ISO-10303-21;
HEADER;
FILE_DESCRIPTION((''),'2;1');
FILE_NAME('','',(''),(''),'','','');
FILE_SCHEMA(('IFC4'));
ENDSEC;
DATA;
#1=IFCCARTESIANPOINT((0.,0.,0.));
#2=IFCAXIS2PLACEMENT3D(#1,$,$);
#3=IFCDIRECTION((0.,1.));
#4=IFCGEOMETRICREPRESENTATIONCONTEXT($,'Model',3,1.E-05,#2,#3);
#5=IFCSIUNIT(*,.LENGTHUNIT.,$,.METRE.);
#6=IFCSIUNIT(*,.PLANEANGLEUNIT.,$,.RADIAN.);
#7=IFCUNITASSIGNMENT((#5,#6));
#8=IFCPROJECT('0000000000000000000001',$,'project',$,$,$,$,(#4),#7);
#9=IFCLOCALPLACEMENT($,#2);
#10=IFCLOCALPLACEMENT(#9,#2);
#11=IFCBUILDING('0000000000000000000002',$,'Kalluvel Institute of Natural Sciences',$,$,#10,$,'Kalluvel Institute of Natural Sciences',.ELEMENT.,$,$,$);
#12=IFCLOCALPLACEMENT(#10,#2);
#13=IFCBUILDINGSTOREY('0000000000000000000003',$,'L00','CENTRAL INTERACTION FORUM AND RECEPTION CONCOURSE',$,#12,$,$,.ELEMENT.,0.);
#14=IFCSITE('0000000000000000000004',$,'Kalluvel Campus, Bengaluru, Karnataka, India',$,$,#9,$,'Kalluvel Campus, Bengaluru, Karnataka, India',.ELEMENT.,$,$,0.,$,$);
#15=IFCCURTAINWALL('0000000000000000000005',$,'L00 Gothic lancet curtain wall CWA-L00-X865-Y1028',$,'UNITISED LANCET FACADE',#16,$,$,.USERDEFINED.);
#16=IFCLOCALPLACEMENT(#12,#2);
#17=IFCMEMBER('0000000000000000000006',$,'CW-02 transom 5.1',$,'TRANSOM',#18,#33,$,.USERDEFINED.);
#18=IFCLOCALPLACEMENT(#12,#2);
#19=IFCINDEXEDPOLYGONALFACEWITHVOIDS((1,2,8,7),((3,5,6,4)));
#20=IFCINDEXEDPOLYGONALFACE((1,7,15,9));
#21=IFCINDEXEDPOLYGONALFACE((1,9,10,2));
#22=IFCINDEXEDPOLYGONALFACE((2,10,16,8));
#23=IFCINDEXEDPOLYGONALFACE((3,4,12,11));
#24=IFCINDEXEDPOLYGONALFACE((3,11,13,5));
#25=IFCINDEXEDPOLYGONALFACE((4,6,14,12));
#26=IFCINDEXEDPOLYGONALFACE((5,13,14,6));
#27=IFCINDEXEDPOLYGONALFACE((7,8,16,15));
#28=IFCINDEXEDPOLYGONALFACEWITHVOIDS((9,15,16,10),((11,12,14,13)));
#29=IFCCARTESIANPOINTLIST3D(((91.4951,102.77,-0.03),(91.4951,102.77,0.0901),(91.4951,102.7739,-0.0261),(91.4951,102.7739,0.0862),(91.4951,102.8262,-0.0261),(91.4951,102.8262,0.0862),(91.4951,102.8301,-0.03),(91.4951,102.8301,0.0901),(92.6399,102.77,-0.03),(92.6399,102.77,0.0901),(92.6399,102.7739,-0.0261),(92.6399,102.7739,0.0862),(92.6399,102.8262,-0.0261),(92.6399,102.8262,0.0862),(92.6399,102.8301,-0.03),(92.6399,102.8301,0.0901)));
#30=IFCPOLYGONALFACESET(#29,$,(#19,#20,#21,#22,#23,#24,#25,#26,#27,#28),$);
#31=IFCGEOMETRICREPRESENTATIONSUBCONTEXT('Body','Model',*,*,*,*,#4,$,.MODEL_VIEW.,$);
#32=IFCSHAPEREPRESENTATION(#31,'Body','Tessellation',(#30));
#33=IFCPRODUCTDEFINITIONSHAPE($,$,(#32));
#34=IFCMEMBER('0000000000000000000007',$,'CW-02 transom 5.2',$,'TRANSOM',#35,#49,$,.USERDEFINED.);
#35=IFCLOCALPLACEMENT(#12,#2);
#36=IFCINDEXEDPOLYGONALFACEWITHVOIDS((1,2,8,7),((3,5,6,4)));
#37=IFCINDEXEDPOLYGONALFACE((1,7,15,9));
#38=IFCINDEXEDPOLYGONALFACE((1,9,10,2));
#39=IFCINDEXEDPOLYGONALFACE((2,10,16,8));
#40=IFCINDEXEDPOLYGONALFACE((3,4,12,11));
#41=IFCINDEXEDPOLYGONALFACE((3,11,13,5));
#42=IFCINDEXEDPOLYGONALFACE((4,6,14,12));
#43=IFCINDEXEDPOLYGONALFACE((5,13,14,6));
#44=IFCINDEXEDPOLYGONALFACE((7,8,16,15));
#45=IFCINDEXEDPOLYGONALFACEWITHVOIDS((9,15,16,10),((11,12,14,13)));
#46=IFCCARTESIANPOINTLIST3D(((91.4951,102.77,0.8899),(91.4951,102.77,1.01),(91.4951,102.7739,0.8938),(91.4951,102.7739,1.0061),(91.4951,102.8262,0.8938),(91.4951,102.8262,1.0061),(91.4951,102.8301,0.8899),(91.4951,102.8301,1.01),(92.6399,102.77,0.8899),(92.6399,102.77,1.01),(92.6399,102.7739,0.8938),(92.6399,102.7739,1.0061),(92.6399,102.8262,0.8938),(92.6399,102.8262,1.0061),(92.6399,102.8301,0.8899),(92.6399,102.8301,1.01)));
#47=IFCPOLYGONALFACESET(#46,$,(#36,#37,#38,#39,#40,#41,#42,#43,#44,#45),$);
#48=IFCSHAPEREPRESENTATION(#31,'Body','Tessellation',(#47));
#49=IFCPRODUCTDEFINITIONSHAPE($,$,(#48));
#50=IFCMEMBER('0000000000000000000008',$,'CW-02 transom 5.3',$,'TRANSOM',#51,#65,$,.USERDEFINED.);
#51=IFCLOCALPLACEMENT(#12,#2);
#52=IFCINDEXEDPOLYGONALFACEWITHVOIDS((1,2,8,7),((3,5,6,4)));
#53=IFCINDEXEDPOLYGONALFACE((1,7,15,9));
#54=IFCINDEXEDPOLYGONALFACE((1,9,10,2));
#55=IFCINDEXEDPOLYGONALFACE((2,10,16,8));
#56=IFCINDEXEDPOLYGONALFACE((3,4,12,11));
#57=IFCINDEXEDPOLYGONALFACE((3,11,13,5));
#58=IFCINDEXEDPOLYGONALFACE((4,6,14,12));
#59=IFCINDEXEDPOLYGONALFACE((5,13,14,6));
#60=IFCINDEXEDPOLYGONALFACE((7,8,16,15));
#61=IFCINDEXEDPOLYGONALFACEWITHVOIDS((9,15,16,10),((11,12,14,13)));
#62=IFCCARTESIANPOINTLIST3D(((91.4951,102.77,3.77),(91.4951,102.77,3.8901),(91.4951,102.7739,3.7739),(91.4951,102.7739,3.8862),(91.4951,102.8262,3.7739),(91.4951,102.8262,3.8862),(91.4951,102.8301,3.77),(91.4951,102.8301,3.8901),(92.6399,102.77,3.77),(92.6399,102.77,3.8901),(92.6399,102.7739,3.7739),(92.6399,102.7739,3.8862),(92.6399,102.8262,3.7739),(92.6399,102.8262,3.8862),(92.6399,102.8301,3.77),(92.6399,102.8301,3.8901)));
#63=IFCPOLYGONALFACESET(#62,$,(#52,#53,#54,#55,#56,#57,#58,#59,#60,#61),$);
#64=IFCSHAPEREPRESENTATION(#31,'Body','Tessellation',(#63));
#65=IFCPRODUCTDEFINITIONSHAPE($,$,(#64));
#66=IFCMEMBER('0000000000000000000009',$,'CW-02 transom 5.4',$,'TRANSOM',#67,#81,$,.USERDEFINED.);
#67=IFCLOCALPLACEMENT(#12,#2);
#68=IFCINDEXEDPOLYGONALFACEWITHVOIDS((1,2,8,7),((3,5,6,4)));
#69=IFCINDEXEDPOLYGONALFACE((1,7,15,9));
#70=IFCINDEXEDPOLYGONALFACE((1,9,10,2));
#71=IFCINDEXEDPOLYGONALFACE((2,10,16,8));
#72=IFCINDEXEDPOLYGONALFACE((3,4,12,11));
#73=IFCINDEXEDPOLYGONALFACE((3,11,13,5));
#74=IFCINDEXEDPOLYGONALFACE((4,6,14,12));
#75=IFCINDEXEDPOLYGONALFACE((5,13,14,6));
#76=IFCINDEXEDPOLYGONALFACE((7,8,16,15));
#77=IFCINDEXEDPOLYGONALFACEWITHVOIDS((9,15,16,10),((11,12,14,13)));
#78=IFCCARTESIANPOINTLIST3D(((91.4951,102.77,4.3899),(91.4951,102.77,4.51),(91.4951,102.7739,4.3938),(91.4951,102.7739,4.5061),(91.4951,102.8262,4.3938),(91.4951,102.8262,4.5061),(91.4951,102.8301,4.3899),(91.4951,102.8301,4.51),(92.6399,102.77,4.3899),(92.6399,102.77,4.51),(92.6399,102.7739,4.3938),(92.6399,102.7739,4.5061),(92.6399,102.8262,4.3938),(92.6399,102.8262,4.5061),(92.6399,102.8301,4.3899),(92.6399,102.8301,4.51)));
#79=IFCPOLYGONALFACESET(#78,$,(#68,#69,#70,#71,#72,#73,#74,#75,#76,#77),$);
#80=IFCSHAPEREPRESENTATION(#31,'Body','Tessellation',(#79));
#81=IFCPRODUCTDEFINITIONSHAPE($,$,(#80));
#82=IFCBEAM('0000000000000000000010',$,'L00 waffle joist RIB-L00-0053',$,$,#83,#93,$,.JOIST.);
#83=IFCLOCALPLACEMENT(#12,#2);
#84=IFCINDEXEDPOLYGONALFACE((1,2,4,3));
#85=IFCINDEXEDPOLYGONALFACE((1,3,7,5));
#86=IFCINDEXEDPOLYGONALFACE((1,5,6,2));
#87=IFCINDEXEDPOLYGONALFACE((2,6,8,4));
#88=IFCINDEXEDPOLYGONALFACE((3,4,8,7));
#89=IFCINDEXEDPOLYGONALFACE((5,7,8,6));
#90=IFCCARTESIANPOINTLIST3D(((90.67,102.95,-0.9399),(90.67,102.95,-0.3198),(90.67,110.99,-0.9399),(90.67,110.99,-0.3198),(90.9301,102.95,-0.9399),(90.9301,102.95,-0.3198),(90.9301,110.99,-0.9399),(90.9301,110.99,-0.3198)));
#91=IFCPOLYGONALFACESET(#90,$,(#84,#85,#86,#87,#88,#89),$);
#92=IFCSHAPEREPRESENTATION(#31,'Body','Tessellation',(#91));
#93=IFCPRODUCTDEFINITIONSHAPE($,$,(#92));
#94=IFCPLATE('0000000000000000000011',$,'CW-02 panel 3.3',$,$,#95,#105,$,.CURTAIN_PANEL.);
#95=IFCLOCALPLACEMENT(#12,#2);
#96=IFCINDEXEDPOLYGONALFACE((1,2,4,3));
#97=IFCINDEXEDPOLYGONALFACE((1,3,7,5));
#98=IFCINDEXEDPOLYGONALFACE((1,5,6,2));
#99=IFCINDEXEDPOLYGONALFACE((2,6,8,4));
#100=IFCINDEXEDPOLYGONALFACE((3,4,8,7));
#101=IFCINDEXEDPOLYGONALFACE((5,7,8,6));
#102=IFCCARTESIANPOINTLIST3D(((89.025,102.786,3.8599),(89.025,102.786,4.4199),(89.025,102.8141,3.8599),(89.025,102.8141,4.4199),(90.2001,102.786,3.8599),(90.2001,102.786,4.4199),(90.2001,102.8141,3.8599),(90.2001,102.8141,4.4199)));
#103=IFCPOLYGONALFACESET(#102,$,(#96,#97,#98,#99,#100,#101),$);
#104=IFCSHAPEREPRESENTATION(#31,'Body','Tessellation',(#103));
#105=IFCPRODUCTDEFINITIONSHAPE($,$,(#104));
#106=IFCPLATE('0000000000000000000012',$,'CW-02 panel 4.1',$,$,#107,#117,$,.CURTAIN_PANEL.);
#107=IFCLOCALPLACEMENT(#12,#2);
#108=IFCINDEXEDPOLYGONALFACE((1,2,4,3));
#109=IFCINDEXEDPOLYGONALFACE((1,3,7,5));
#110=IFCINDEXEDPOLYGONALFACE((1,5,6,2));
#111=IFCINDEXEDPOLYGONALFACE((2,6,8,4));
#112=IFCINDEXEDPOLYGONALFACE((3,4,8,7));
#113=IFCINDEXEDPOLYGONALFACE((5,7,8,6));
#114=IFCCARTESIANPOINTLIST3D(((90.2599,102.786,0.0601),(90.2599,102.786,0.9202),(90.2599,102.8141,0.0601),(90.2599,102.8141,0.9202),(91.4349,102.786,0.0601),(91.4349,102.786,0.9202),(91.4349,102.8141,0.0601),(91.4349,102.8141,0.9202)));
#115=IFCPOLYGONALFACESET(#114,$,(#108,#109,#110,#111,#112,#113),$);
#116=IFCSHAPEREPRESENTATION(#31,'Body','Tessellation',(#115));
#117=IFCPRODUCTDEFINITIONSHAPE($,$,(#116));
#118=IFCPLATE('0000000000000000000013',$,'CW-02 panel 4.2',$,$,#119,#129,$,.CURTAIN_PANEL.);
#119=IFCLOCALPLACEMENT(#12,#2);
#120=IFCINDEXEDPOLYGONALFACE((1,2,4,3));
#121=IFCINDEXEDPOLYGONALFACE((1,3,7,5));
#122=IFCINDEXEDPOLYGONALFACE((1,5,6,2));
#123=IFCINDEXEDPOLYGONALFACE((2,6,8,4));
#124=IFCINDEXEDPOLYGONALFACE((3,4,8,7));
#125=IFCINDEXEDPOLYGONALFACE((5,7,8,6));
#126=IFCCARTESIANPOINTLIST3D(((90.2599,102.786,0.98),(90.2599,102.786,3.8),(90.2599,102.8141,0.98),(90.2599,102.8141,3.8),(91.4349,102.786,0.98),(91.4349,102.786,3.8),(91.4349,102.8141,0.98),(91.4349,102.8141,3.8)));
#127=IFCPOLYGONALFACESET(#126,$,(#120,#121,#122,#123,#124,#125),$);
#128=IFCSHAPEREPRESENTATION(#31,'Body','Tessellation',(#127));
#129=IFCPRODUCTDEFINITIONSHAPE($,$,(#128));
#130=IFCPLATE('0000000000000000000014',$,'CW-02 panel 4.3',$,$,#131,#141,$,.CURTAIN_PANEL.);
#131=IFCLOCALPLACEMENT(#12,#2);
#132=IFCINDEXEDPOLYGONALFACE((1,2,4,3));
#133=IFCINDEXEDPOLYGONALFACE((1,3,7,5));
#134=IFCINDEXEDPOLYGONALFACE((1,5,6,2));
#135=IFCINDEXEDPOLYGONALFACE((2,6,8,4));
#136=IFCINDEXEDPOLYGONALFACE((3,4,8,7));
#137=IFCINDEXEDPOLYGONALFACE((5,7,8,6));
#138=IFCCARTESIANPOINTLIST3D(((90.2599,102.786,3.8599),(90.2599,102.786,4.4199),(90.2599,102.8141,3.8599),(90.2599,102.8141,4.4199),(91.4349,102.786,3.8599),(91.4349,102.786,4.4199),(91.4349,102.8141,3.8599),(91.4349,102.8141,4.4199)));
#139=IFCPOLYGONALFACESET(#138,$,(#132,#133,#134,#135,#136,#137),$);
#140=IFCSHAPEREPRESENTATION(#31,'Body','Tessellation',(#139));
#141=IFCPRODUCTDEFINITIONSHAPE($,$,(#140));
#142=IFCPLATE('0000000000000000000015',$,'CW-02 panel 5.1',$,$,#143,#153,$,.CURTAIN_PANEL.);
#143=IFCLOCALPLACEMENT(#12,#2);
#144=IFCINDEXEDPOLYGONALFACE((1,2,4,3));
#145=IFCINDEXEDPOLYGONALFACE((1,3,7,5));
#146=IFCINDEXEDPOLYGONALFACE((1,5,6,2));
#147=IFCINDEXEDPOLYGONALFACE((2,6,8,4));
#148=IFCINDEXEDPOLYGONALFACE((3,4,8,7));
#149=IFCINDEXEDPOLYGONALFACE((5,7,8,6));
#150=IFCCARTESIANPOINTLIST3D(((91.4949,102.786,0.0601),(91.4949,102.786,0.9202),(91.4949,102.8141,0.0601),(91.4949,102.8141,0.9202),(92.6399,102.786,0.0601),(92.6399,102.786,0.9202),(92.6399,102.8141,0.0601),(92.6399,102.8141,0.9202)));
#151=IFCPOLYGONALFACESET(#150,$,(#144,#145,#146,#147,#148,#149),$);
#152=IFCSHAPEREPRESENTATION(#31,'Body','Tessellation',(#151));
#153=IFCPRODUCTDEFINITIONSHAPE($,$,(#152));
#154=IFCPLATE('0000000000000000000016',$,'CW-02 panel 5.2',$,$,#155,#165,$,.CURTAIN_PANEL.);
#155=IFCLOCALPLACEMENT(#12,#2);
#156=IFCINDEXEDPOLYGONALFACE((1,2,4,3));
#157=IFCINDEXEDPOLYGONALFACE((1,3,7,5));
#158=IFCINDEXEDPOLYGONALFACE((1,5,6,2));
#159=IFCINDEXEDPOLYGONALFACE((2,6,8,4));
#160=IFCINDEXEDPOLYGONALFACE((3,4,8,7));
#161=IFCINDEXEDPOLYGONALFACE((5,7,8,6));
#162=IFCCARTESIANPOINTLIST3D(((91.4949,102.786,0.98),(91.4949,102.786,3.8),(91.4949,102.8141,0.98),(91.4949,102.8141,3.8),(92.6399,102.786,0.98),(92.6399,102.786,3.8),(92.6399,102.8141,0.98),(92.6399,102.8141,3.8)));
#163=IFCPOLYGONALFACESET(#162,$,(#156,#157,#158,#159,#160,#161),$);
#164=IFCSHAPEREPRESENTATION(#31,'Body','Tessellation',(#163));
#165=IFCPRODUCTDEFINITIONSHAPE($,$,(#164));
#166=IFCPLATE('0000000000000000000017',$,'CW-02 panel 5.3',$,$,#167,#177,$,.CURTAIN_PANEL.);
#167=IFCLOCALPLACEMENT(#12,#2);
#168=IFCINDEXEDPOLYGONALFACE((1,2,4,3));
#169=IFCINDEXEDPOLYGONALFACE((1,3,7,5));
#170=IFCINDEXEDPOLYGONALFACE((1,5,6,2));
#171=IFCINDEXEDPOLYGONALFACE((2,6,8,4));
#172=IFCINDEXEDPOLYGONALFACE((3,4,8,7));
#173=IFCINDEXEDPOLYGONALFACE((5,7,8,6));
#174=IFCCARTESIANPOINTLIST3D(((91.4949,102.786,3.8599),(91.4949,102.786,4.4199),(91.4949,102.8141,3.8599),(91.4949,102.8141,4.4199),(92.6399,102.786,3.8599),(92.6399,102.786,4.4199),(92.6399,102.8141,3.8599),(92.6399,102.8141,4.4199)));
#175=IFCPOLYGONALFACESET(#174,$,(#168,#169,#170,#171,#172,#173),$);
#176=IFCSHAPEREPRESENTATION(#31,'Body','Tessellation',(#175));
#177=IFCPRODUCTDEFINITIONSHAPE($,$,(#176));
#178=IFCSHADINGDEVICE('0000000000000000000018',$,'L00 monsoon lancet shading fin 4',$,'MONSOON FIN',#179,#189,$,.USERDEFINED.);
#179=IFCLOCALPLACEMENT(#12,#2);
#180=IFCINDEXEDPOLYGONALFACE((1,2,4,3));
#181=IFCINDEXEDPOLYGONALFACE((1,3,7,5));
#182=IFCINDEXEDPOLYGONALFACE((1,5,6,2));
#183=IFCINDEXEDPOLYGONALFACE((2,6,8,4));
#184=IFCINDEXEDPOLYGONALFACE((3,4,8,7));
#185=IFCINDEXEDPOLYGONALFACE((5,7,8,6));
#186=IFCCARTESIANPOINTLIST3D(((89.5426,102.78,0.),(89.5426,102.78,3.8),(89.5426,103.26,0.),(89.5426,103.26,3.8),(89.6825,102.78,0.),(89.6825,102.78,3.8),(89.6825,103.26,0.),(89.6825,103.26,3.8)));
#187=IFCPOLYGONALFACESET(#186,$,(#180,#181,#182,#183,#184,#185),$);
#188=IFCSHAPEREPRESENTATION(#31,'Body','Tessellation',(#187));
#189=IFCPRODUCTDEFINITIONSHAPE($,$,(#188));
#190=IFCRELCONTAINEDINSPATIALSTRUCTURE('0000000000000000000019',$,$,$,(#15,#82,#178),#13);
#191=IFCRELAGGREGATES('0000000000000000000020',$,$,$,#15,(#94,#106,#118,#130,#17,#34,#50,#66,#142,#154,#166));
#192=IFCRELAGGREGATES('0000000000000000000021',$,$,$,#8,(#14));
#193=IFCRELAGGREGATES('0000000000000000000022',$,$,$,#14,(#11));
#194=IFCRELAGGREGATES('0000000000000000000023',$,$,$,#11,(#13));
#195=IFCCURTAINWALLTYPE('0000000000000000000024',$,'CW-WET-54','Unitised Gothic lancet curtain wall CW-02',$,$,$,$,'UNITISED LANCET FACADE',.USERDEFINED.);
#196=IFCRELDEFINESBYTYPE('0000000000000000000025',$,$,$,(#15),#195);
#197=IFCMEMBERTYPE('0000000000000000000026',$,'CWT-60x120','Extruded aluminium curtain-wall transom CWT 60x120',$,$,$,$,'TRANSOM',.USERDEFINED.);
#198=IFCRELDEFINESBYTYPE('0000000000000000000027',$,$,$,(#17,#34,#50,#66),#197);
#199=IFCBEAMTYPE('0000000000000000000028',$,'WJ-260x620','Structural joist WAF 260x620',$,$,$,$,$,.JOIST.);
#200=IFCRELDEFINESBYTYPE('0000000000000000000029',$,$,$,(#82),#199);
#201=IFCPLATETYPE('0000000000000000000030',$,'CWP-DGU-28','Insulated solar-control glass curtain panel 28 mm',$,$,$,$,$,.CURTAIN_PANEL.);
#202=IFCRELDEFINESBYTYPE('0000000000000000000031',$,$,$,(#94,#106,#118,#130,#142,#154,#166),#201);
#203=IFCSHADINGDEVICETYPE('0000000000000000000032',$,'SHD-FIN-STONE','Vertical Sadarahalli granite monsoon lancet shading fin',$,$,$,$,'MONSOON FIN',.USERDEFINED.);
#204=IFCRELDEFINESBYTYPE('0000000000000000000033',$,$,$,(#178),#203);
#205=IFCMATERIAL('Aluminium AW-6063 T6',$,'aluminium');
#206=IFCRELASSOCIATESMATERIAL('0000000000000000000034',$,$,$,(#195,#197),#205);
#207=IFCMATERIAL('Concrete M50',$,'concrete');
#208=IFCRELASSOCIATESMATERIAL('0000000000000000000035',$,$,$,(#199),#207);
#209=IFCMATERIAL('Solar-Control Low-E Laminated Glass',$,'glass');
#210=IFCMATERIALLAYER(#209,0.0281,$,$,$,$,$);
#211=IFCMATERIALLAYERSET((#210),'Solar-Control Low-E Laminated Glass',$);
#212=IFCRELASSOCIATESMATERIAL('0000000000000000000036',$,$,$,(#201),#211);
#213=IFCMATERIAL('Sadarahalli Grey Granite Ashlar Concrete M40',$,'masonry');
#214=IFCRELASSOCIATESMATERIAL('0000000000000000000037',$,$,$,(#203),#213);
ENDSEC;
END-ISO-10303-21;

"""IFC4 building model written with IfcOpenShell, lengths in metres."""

from ifc_helpers import new_model, si_unit, direction, frame, origin, origin_2d, place, context, subcontext, project, spatial, rectangle, hollow_rectangle, extrude, material, layer, layer_set, material_profile, profile_set, type_object, element, aggregate, save


model = new_model("IFC4")

# Units and contexts
model_context = context("Model", 3, precision=1e-05, world=origin(), true_north=direction((0.0, 1.0)))
body_context = subcontext(model_context, "Body", "Model", "MODEL_VIEW")
ifc_project = project(units=[si_unit("LENGTHUNIT", "METRE"), si_unit("PLANEANGLEUNIT", "RADIAN")], contexts=[model_context])

# Site, building, storey
site_placement = place(None, origin())
site = spatial("IfcSite", under=ifc_project, at=site_placement, Name="Kalluvel Campus, Bengaluru, Karnataka, India", LongName="Kalluvel Campus, Bengaluru, Karnataka, India", CompositionType="ELEMENT", RefElevation=0.0)
building_placement = place(site_placement, origin())
building = spatial("IfcBuilding", under=site, at=building_placement, Name="Kalluvel Institute of Natural Sciences", LongName="Kalluvel Institute of Natural Sciences", CompositionType="ELEMENT")
storey_placement = place(building_placement, origin())
storey = spatial("IfcBuildingStorey", under=building, at=storey_placement, Name="L00", Description="CENTRAL INTERACTION FORUM AND RECEPTION CONCOURSE", CompositionType="ELEMENT", Elevation=0.0)

# Shared definitions
ifc_material_1 = material(Name="Concrete M50", Category="concrete")

# Curtain wall, members
ifc_material_2 = material(Name="Aluminium AW-6063 T6", Category="aluminium")
curtain_wall_type = type_object("IfcCurtainWallType", Name="CW-WET-54", Description="Unitised Gothic lancet curtain wall CW-02", ElementType="UNITISED LANCET FACADE", PredefinedType="USERDEFINED", material=ifc_material_2)
curtain_wall_placement = place(storey_placement, origin())
curtain_wall = element("IfcCurtainWall", 1, at=curtain_wall_placement, inside=storey, type_object=curtain_wall_type, Name="L00 Gothic lancet curtain wall CWA-L00-X865-Y1028", ObjectType="UNITISED LANCET FACADE", PredefinedType="USERDEFINED")
ifc_material_profile_1 = material_profile(ifc_material_2, hollow_rectangle(XDim=0.0601, YDim=0.1201, WallThickness=0.0039, at=origin_2d()), Name="CWT 60x120")
ifc_profile_set_1 = profile_set([ifc_material_profile_1], Name="Aluminium AW-6063 T6")
member_type_1 = type_object("IfcMemberType", Name="CWT-60x120", Description="Extruded aluminium curtain-wall transom CWT 60x120", ElementType="TRANSOM", PredefinedType="USERDEFINED", material=ifc_profile_set_1)
member_1_placement = place(storey_placement, frame((91.4951, 102.8, 0.03), z_axis=(1.0, 0.0, 0.0), x_axis=(0.0, 1.0, 0.0)))
member_1 = element("IfcMember", 2, at=member_1_placement, type_object=member_type_1, Name="CW-02 transom 5.1", ObjectType="TRANSOM", PredefinedType="USERDEFINED", context=body_context, shape_type="SweptSolid", body=[
    extrude(hollow_rectangle(XDim=0.0601, YDim=0.1201, WallThickness=0.0039, at=origin_2d()), origin(), (0.0, 0.0, 1.0), 1.1448),
])
member_2_placement = place(storey_placement, frame((91.4951, 102.8, 0.95), z_axis=(1.0, 0.0, 0.0), x_axis=(0.0, 1.0, 0.0)))
member_2 = element("IfcMember", 3, at=member_2_placement, type_object=member_type_1, Name="CW-02 transom 5.2", ObjectType="TRANSOM", PredefinedType="USERDEFINED", context=body_context, shape_type="SweptSolid", body=[
    extrude(hollow_rectangle(XDim=0.0601, YDim=0.1201, WallThickness=0.0039, at=origin_2d()), origin(), (0.0, 0.0, 1.0), 1.1448),
])
member_3_placement = place(storey_placement, frame((91.4951, 102.8, 3.8301), z_axis=(1.0, 0.0, 0.0), x_axis=(0.0, 1.0, 0.0)))
member_3 = element("IfcMember", 4, at=member_3_placement, type_object=member_type_1, Name="CW-02 transom 5.3", ObjectType="TRANSOM", PredefinedType="USERDEFINED", context=body_context, shape_type="SweptSolid", body=[
    extrude(hollow_rectangle(XDim=0.0601, YDim=0.1201, WallThickness=0.0039, at=origin_2d()), origin(), (0.0, 0.0, 1.0), 1.1448),
])
member_4_placement = place(storey_placement, frame((91.4951, 102.8, 4.45), z_axis=(1.0, 0.0, 0.0), x_axis=(0.0, 1.0, 0.0)))
member_4 = element("IfcMember", 5, at=member_4_placement, type_object=member_type_1, Name="CW-02 transom 5.4", ObjectType="TRANSOM", PredefinedType="USERDEFINED", context=body_context, shape_type="SweptSolid", body=[
    extrude(hollow_rectangle(XDim=0.0601, YDim=0.1201, WallThickness=0.0039, at=origin_2d()), origin(), (0.0, 0.0, 1.0), 1.1448),
])

# Beam
ifc_material_profile_2 = material_profile(ifc_material_1, rectangle(XDim=0.26, YDim=0.6201, at=origin_2d()), Name="WAF 260x620")
ifc_profile_set_2 = profile_set([ifc_material_profile_2], Name="Concrete M50")
beam_type_1 = type_object("IfcBeamType", Name="WJ-260x620", Description="Structural joist WAF 260x620", PredefinedType="JOIST", material=ifc_profile_set_2)
beam_1_placement = place(storey_placement, frame((90.8, 102.95, -0.6299), z_axis=(0.0, 1.0, 0.0), x_axis=(-1.0, 0.0, 0.0)))
element("IfcBeam", 6, at=beam_1_placement, inside=storey, type_object=beam_type_1, Name="L00 waffle joist RIB-L00-0053", PredefinedType="JOIST", context=body_context, shape_type="SweptSolid", body=[
    extrude(rectangle(XDim=0.26, YDim=0.6201, at=origin_2d()), origin(), (0.0, 0.0, 1.0), 8.04),
])

# Plates
ifc_material_3 = material(Name="Solar-Control Low-E Laminated Glass", Category="glass")
ifc_layer = layer(ifc_material_3, 0.0281)
ifc_layer_set = layer_set([ifc_layer], Name="Solar-Control Low-E Laminated Glass")
plate_type = type_object("IfcPlateType", Name="CWP-DGU-28", Description="Insulated solar-control glass curtain panel 28 mm", PredefinedType="CURTAIN_PANEL", material=ifc_layer_set)
plate_1_placement = place(storey_placement, frame((89.6125, 102.8, 3.8599), z_axis=(0.0, 0.0, 1.0), x_axis=(1.0, 0.0, 0.0)))
plate_1 = element("IfcPlate", 7, at=plate_1_placement, type_object=plate_type, Name="CW-02 panel 3.3", PredefinedType="CURTAIN_PANEL", context=body_context, shape_type="SweptSolid", body=[
    extrude(rectangle(XDim=1.175, YDim=0.0281, at=origin_2d()), origin(), (0.0, 0.0, 1.0), 0.5601),
])
plate_2_placement = place(storey_placement, frame((90.8474, 102.8, 0.0601), z_axis=(0.0, 0.0, 1.0), x_axis=(1.0, 0.0, 0.0)))
plate_2 = element("IfcPlate", 8, at=plate_2_placement, type_object=plate_type, Name="CW-02 panel 4.1", PredefinedType="CURTAIN_PANEL", context=body_context, shape_type="SweptSolid", body=[
    extrude(rectangle(XDim=1.175, YDim=0.0281, at=origin_2d()), origin(), (0.0, 0.0, 1.0), 0.8601),
])
plate_3_placement = place(storey_placement, frame((90.8474, 102.8, 0.98), z_axis=(0.0, 0.0, 1.0), x_axis=(1.0, 0.0, 0.0)))
plate_3 = element("IfcPlate", 9, at=plate_3_placement, type_object=plate_type, Name="CW-02 panel 4.2", PredefinedType="CURTAIN_PANEL", context=body_context, shape_type="SweptSolid", body=[
    extrude(rectangle(XDim=1.175, YDim=0.0281, at=origin_2d()), origin(), (0.0, 0.0, 1.0), 2.8201),
])
plate_4_placement = place(storey_placement, frame((90.8474, 102.8, 3.8599), z_axis=(0.0, 0.0, 1.0), x_axis=(1.0, 0.0, 0.0)))
plate_4 = element("IfcPlate", 10, at=plate_4_placement, type_object=plate_type, Name="CW-02 panel 4.3", PredefinedType="CURTAIN_PANEL", context=body_context, shape_type="SweptSolid", body=[
    extrude(rectangle(XDim=1.175, YDim=0.0281, at=origin_2d()), origin(), (0.0, 0.0, 1.0), 0.5601),
])
plate_5_placement = place(storey_placement, frame((92.0674, 102.8, 0.0601), z_axis=(0.0, 0.0, 1.0), x_axis=(1.0, 0.0, 0.0)))
plate_5 = element("IfcPlate", 11, at=plate_5_placement, type_object=plate_type, Name="CW-02 panel 5.1", PredefinedType="CURTAIN_PANEL", context=body_context, shape_type="SweptSolid", body=[
    extrude(rectangle(XDim=1.145, YDim=0.0281, at=origin_2d()), origin(), (0.0, 0.0, 1.0), 0.8601),
])
plate_6_placement = place(storey_placement, frame((92.0674, 102.8, 0.98), z_axis=(0.0, 0.0, 1.0), x_axis=(1.0, 0.0, 0.0)))
plate_6 = element("IfcPlate", 12, at=plate_6_placement, type_object=plate_type, Name="CW-02 panel 5.2", PredefinedType="CURTAIN_PANEL", context=body_context, shape_type="SweptSolid", body=[
    extrude(rectangle(XDim=1.145, YDim=0.0281, at=origin_2d()), origin(), (0.0, 0.0, 1.0), 2.8201),
])
plate_7_placement = place(storey_placement, frame((92.0674, 102.8, 3.8599), z_axis=(0.0, 0.0, 1.0), x_axis=(1.0, 0.0, 0.0)))
plate_7 = element("IfcPlate", 13, at=plate_7_placement, type_object=plate_type, Name="CW-02 panel 5.3", PredefinedType="CURTAIN_PANEL", context=body_context, shape_type="SweptSolid", body=[
    extrude(rectangle(XDim=1.145, YDim=0.0281, at=origin_2d()), origin(), (0.0, 0.0, 1.0), 0.5601),
])
aggregate(curtain_wall, [plate_1, plate_2, plate_3, plate_4, member_1, member_2, member_3, member_4, plate_5, plate_6, plate_7])

# Shading device
ifc_material_4 = material(Name="Sadarahalli Grey Granite Ashlar Concrete M40", Category="masonry")
shading_device_type = type_object("IfcShadingDeviceType", Name="SHD-FIN-STONE", Description="Vertical Sadarahalli granite monsoon lancet shading fin", ElementType="MONSOON FIN", PredefinedType="USERDEFINED", material=ifc_material_4)
shading_device_placement = place(storey_placement, frame((89.6125, 103.02, 0.0), z_axis=(0.0, 0.0, 1.0), x_axis=(1.0, 0.0, 0.0)))
element("IfcShadingDevice", 14, at=shading_device_placement, inside=storey, type_object=shading_device_type, Name="L00 monsoon lancet shading fin 4", ObjectType="MONSOON FIN", PredefinedType="USERDEFINED", context=body_context, shape_type="SweptSolid", body=[
    extrude(rectangle(XDim=0.1399, YDim=0.48, at=origin_2d()), origin(), (0.0, 0.0, 1.0), 3.8),
])

save(model, "model.ifc")
